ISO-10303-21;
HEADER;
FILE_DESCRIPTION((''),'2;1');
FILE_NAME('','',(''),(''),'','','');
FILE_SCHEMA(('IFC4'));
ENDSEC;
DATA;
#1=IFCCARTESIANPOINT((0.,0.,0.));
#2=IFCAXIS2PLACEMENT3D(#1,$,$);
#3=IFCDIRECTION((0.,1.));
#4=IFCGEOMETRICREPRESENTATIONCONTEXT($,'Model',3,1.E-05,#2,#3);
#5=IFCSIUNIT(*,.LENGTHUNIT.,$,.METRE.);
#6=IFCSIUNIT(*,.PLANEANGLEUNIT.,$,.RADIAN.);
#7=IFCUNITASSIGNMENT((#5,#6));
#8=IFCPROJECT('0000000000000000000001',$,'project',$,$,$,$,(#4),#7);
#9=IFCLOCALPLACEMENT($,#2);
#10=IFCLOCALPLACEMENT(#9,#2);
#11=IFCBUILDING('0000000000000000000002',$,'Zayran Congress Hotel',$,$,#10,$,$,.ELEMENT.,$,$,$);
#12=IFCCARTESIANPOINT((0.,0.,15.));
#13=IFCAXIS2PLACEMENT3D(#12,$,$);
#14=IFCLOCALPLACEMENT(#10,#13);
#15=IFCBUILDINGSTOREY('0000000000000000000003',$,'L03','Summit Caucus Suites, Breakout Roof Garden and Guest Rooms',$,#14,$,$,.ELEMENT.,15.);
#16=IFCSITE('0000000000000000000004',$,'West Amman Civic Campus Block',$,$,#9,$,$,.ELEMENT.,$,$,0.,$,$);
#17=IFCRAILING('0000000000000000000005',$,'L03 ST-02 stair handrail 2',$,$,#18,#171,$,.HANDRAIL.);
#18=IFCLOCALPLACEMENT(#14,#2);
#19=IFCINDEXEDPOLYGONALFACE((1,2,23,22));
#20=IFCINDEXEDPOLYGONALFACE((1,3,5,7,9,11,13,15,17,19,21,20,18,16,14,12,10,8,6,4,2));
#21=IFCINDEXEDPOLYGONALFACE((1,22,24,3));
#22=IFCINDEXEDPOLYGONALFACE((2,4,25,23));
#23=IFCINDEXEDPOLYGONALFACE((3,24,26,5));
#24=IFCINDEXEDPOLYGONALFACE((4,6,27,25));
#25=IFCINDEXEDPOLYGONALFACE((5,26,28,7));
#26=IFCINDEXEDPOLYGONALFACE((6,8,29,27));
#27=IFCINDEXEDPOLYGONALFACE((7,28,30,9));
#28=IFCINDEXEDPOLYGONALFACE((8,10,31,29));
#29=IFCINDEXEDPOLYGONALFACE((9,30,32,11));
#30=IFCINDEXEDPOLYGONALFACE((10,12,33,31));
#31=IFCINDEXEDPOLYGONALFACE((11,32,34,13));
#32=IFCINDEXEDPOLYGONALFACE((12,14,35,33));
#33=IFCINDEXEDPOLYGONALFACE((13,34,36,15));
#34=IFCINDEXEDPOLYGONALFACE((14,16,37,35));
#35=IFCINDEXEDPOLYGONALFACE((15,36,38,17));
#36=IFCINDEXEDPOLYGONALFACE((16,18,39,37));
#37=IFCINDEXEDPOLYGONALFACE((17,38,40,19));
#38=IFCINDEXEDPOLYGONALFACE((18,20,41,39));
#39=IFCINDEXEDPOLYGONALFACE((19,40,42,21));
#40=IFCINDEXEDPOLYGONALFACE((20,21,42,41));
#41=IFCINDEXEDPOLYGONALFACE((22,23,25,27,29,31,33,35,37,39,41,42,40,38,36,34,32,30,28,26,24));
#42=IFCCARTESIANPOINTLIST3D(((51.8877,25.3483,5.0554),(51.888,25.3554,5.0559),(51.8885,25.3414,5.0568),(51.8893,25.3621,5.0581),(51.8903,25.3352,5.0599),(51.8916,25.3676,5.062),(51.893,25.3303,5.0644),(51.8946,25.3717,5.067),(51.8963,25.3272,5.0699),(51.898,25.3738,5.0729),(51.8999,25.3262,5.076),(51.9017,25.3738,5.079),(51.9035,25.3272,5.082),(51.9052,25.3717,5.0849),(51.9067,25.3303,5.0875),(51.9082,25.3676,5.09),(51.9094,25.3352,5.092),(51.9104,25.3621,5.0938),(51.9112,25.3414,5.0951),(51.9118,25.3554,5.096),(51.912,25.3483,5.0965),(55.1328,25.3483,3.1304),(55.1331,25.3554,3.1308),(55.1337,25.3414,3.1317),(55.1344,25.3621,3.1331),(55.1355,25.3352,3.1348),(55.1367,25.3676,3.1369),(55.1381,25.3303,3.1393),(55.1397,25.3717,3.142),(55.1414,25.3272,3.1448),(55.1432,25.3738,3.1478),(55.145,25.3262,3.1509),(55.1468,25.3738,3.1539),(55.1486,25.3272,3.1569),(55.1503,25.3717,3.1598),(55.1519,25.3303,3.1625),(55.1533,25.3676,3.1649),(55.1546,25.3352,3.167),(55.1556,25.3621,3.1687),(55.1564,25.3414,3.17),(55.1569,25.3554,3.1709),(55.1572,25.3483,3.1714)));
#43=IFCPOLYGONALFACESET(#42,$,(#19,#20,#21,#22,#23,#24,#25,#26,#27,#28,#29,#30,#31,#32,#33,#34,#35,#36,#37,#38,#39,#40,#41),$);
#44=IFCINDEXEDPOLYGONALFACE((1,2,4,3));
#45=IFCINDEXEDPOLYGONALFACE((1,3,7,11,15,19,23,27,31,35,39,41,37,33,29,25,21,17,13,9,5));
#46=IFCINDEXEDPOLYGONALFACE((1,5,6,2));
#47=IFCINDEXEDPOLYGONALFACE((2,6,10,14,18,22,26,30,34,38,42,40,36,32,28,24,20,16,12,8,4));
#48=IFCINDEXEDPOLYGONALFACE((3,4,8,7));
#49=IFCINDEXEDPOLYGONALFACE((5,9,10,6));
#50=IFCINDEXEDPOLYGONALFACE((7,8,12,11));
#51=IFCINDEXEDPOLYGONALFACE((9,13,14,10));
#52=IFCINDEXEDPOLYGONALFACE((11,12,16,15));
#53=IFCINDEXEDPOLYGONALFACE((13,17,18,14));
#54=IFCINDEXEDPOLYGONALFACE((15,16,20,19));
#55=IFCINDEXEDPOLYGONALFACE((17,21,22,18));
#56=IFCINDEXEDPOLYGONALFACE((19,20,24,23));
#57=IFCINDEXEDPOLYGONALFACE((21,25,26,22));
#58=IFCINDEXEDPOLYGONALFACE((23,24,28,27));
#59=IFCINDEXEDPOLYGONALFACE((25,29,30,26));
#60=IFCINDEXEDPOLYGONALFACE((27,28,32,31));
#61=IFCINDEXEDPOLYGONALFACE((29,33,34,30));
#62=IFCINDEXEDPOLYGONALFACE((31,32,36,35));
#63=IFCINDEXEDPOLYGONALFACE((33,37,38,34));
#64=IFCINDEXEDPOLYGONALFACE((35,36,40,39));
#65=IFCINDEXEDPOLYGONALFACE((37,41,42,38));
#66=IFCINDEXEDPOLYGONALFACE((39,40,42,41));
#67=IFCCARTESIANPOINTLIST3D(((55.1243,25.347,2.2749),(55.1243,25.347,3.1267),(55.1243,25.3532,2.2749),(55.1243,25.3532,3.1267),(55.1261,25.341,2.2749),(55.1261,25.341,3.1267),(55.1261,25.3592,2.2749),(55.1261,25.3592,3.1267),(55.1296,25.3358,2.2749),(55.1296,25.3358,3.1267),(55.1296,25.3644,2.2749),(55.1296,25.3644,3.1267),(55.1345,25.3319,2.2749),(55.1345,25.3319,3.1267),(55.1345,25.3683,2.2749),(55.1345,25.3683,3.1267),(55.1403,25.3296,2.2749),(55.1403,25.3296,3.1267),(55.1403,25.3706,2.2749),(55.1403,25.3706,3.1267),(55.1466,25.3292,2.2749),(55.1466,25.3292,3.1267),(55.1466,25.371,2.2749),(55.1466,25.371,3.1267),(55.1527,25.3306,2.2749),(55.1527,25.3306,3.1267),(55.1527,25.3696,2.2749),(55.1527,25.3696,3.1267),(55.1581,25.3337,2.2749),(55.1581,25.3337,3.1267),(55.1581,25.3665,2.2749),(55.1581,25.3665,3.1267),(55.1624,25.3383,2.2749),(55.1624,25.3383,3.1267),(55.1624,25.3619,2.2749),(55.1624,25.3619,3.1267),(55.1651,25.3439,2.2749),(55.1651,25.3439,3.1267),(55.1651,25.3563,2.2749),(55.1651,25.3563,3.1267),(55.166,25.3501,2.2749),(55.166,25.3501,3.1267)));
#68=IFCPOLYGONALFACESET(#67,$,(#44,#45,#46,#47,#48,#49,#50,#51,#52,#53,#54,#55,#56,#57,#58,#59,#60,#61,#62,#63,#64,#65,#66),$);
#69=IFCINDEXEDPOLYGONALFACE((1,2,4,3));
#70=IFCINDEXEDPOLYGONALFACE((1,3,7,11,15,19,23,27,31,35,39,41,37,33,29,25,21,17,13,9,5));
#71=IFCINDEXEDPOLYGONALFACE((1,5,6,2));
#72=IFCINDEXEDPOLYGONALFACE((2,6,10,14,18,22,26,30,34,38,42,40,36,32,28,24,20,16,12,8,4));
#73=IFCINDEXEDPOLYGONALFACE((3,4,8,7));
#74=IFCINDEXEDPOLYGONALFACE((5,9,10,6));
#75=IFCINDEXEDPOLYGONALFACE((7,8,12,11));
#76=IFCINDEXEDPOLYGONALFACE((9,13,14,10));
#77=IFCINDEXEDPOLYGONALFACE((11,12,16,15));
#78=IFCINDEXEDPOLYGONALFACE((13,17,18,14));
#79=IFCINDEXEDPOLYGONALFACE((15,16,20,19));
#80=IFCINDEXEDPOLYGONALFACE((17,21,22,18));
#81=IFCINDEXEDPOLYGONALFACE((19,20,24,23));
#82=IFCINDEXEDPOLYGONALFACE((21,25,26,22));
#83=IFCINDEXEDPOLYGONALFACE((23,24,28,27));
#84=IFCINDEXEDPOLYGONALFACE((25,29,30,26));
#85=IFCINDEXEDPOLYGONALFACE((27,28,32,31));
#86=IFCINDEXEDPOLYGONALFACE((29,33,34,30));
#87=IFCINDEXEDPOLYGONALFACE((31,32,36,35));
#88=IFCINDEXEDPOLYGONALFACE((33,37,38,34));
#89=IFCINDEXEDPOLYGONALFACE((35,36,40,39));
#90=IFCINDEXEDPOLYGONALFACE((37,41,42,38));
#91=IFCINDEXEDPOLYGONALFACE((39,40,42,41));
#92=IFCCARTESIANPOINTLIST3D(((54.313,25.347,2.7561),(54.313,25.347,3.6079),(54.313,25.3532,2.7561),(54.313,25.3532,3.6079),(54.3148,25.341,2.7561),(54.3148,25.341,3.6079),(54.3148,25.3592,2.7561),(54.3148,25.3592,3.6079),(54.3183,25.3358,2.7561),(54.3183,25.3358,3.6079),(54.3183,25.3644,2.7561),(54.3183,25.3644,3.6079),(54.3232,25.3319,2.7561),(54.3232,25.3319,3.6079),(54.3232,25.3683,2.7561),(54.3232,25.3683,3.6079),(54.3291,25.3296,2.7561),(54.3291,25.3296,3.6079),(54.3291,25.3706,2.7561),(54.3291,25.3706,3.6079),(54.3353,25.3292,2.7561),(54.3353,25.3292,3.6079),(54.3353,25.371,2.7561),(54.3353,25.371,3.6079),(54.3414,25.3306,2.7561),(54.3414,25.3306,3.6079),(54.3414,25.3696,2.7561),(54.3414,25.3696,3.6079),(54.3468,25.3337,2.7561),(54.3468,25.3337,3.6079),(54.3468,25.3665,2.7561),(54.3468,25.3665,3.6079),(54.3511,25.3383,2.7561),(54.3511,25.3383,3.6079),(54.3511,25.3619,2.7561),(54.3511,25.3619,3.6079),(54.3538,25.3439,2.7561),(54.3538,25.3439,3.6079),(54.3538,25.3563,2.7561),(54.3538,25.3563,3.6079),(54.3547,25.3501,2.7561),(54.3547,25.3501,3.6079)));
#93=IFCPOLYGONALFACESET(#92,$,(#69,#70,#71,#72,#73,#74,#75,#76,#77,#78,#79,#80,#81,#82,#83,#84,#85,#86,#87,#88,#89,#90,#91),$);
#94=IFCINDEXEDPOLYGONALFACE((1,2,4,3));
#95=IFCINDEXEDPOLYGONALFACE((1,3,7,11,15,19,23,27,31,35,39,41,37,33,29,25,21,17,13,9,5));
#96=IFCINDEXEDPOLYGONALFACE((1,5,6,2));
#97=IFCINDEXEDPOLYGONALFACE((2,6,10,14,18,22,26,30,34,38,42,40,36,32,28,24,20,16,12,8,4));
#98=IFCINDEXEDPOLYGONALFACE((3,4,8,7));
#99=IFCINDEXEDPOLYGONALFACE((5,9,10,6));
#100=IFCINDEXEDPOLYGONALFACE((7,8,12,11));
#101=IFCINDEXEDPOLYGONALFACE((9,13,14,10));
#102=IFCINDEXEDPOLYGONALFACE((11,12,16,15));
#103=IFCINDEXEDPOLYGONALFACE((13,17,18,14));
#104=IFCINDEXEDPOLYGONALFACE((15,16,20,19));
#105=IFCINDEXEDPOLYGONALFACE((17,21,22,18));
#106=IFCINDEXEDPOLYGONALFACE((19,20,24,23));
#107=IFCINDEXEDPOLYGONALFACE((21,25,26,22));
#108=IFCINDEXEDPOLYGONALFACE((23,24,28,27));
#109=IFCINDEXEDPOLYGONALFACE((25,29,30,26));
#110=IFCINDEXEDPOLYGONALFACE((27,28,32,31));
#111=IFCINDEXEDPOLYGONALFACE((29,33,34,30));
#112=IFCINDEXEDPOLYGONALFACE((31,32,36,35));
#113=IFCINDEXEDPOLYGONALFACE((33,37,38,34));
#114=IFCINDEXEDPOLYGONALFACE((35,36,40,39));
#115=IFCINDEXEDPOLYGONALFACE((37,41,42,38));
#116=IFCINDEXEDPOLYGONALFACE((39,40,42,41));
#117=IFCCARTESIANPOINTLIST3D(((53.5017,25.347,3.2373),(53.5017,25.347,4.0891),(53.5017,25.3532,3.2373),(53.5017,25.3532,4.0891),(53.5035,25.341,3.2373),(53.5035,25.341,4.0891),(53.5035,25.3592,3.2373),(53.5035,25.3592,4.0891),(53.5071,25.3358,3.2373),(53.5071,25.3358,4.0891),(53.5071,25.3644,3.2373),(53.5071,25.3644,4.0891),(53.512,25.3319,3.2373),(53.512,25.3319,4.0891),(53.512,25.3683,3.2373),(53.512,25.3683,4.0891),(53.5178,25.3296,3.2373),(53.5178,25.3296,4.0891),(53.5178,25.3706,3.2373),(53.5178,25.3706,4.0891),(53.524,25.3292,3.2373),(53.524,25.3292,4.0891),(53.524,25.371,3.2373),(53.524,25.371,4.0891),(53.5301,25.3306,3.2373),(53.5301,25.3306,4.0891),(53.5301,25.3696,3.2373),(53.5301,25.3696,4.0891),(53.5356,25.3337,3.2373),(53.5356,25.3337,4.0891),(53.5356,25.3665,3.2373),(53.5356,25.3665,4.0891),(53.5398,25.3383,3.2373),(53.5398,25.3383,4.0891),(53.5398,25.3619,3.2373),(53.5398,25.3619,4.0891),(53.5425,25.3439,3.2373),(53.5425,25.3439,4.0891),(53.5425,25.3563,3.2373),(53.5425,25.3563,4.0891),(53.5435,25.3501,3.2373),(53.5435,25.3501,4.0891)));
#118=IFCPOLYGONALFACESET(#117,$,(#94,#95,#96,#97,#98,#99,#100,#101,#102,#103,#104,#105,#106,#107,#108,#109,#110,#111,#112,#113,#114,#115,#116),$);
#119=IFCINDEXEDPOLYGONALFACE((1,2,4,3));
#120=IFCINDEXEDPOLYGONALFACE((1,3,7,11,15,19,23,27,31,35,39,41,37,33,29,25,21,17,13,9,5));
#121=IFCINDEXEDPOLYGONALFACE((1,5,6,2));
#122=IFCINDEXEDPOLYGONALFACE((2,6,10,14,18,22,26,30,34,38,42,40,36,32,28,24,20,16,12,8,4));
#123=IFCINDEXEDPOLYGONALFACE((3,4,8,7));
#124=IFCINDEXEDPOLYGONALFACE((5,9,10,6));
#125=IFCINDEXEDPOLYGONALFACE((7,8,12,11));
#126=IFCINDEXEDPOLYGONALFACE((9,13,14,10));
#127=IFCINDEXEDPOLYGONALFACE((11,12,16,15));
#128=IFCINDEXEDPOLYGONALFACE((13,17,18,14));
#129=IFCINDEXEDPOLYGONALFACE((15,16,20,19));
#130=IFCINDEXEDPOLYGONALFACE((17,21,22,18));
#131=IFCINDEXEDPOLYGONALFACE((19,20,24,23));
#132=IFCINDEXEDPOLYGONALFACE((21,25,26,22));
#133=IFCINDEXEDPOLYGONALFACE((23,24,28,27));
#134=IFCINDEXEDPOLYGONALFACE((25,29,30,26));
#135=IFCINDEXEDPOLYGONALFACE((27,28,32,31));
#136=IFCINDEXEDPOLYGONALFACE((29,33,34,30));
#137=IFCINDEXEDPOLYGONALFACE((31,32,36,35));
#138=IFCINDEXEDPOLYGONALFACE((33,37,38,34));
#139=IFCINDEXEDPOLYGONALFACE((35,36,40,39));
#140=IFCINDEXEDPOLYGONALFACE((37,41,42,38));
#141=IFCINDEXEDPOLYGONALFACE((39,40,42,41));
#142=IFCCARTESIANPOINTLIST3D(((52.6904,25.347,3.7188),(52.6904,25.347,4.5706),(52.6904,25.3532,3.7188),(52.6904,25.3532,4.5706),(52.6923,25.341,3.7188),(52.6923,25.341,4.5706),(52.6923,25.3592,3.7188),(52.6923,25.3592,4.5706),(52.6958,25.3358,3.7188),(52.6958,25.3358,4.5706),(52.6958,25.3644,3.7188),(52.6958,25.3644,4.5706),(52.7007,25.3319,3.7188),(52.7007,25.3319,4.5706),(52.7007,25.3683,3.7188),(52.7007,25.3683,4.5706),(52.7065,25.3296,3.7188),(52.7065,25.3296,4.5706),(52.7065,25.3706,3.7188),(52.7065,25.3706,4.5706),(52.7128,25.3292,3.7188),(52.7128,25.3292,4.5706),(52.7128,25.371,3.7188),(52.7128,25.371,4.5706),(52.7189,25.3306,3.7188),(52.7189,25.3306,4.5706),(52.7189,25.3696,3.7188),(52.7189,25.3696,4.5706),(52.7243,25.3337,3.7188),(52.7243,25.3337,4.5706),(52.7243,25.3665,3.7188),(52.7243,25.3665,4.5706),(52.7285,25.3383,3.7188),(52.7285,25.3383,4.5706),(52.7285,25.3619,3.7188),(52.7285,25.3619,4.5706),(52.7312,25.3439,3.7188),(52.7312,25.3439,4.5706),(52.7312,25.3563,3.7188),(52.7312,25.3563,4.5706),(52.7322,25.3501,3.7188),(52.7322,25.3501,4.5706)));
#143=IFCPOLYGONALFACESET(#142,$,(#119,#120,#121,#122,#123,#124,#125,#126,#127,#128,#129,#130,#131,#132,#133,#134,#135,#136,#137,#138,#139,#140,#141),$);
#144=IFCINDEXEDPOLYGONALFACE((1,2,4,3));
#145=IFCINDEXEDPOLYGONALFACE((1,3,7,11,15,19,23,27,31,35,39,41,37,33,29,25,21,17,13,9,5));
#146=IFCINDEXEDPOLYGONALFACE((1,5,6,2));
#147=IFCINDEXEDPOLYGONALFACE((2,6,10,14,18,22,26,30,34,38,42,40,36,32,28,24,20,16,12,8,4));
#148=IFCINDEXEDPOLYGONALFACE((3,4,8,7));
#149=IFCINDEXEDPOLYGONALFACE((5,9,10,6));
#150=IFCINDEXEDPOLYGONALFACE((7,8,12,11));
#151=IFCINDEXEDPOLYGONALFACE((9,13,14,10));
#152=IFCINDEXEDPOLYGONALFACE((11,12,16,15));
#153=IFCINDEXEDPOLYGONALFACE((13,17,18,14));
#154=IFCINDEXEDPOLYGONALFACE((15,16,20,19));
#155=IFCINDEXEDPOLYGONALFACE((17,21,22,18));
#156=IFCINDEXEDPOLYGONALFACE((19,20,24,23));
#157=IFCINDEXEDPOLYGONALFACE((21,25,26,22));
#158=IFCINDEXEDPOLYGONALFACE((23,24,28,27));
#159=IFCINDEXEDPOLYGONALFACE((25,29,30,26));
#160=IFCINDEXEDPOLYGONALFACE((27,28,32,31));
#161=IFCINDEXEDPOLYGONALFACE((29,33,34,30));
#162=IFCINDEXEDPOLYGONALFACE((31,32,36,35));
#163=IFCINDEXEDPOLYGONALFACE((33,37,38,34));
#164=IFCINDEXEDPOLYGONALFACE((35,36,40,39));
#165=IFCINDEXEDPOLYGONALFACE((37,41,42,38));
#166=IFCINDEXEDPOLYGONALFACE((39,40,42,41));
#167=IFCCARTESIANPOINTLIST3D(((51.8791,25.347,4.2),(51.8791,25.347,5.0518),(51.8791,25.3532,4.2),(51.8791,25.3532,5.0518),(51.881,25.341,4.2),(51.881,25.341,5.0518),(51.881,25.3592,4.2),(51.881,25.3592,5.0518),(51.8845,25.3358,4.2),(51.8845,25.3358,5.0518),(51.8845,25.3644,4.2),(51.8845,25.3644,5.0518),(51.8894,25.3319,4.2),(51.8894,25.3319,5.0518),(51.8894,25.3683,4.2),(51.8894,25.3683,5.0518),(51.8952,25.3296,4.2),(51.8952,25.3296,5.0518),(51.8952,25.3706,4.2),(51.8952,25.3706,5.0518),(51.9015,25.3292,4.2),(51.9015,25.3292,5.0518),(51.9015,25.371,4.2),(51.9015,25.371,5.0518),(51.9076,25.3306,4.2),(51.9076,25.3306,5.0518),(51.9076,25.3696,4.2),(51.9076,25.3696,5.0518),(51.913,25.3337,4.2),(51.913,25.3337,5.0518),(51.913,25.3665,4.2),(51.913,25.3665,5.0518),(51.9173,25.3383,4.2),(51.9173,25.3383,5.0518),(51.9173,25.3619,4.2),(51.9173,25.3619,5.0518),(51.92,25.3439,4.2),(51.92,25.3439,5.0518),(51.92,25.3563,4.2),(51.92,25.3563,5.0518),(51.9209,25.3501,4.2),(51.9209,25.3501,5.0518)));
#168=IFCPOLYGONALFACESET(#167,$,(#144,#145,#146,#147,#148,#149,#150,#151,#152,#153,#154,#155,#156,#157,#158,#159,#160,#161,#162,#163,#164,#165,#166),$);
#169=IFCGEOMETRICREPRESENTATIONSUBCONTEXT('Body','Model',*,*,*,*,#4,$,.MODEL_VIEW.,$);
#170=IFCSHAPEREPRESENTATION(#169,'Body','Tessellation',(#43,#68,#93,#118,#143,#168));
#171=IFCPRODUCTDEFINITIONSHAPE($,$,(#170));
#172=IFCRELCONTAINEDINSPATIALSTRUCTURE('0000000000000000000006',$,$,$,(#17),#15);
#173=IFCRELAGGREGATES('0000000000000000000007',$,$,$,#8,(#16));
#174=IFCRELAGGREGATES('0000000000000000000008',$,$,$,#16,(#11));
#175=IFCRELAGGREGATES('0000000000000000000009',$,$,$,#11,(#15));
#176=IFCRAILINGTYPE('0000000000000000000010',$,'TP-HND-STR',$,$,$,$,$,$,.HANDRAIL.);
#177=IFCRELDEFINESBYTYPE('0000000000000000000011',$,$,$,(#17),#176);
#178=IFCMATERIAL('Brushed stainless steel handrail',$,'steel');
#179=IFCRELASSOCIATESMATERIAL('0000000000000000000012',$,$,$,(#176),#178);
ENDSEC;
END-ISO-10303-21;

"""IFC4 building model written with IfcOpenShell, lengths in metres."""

from ifc_helpers import new_model, si_unit, direction, frame, origin, origin_2d, place, context, subcontext, project, spatial, circle, extrude, material, type_object, element, save


model = new_model("IFC4")

# Units and contexts
model_context = context("Model", 3, precision=1e-05, world=origin(), true_north=direction((0.0, 1.0)))
body_context = subcontext(model_context, "Body", "Model", "MODEL_VIEW")
ifc_project = project(units=[si_unit("LENGTHUNIT", "METRE"), si_unit("PLANEANGLEUNIT", "RADIAN")], contexts=[model_context])

# Site, building, storey
site_placement = place(None, origin())
site = spatial("IfcSite", under=ifc_project, at=site_placement, Name="West Amman Civic Campus Block", CompositionType="ELEMENT", RefElevation=0.0)
building_placement = place(site_placement, origin())
building = spatial("IfcBuilding", under=site, at=building_placement, Name="Zayran Congress Hotel", CompositionType="ELEMENT")
storey_placement = place(building_placement, frame((0.0, 0.0, 15.0)))
storey = spatial("IfcBuildingStorey", under=building, at=storey_placement, Name="L03", Description="Summit Caucus Suites, Breakout Roof Garden and Guest Rooms", CompositionType="ELEMENT", Elevation=15.0)

# Railing
ifc_material_1 = material(Name="Brushed stainless steel handrail", Category="steel")
railing_type_1 = type_object("IfcRailingType", Name="TP-HND-STR", PredefinedType="HANDRAIL", material=ifc_material_1)
railing_1_placement = place(storey_placement, frame((55.145, 25.3501, 2.2749)))
element("IfcRailing", 1, at=railing_1_placement, inside=storey, type_object=railing_type_1, Name="L03 ST-02 stair handrail 2", PredefinedType="HANDRAIL", context=body_context, shape_type="SweptSolid", body=[
    extrude(circle(Radius=0.0239, at=origin_2d()), frame((0.0, 0.0, 0.876), z_axis=(-0.860057, 0.0, 0.510198), x_axis=(0.0, -1.0, 0.0)), (0.0, 0.0, 1.0), 3.7732),
    extrude(circle(Radius=0.021, at=origin_2d()), origin(), (0.0, 0.0, 1.0), 0.8518),
    extrude(circle(Radius=0.021, at=origin_2d()), frame((-0.8113, 0.0, 0.4812)), (0.0, 0.0, 1.0), 0.8518),
    extrude(circle(Radius=0.021, at=origin_2d()), frame((-1.6226, 0.0, 0.9624)), (0.0, 0.0, 1.0), 0.8518),
    extrude(circle(Radius=0.021, at=origin_2d()), frame((-2.4338, 0.0, 1.4438)), (0.0, 0.0, 1.0), 0.8518),
    extrude(circle(Radius=0.021, at=origin_2d()), frame((-3.2451, 0.0, 1.925)), (0.0, 0.0, 1.0), 0.8518),
])

save(model, "model.ifc")
